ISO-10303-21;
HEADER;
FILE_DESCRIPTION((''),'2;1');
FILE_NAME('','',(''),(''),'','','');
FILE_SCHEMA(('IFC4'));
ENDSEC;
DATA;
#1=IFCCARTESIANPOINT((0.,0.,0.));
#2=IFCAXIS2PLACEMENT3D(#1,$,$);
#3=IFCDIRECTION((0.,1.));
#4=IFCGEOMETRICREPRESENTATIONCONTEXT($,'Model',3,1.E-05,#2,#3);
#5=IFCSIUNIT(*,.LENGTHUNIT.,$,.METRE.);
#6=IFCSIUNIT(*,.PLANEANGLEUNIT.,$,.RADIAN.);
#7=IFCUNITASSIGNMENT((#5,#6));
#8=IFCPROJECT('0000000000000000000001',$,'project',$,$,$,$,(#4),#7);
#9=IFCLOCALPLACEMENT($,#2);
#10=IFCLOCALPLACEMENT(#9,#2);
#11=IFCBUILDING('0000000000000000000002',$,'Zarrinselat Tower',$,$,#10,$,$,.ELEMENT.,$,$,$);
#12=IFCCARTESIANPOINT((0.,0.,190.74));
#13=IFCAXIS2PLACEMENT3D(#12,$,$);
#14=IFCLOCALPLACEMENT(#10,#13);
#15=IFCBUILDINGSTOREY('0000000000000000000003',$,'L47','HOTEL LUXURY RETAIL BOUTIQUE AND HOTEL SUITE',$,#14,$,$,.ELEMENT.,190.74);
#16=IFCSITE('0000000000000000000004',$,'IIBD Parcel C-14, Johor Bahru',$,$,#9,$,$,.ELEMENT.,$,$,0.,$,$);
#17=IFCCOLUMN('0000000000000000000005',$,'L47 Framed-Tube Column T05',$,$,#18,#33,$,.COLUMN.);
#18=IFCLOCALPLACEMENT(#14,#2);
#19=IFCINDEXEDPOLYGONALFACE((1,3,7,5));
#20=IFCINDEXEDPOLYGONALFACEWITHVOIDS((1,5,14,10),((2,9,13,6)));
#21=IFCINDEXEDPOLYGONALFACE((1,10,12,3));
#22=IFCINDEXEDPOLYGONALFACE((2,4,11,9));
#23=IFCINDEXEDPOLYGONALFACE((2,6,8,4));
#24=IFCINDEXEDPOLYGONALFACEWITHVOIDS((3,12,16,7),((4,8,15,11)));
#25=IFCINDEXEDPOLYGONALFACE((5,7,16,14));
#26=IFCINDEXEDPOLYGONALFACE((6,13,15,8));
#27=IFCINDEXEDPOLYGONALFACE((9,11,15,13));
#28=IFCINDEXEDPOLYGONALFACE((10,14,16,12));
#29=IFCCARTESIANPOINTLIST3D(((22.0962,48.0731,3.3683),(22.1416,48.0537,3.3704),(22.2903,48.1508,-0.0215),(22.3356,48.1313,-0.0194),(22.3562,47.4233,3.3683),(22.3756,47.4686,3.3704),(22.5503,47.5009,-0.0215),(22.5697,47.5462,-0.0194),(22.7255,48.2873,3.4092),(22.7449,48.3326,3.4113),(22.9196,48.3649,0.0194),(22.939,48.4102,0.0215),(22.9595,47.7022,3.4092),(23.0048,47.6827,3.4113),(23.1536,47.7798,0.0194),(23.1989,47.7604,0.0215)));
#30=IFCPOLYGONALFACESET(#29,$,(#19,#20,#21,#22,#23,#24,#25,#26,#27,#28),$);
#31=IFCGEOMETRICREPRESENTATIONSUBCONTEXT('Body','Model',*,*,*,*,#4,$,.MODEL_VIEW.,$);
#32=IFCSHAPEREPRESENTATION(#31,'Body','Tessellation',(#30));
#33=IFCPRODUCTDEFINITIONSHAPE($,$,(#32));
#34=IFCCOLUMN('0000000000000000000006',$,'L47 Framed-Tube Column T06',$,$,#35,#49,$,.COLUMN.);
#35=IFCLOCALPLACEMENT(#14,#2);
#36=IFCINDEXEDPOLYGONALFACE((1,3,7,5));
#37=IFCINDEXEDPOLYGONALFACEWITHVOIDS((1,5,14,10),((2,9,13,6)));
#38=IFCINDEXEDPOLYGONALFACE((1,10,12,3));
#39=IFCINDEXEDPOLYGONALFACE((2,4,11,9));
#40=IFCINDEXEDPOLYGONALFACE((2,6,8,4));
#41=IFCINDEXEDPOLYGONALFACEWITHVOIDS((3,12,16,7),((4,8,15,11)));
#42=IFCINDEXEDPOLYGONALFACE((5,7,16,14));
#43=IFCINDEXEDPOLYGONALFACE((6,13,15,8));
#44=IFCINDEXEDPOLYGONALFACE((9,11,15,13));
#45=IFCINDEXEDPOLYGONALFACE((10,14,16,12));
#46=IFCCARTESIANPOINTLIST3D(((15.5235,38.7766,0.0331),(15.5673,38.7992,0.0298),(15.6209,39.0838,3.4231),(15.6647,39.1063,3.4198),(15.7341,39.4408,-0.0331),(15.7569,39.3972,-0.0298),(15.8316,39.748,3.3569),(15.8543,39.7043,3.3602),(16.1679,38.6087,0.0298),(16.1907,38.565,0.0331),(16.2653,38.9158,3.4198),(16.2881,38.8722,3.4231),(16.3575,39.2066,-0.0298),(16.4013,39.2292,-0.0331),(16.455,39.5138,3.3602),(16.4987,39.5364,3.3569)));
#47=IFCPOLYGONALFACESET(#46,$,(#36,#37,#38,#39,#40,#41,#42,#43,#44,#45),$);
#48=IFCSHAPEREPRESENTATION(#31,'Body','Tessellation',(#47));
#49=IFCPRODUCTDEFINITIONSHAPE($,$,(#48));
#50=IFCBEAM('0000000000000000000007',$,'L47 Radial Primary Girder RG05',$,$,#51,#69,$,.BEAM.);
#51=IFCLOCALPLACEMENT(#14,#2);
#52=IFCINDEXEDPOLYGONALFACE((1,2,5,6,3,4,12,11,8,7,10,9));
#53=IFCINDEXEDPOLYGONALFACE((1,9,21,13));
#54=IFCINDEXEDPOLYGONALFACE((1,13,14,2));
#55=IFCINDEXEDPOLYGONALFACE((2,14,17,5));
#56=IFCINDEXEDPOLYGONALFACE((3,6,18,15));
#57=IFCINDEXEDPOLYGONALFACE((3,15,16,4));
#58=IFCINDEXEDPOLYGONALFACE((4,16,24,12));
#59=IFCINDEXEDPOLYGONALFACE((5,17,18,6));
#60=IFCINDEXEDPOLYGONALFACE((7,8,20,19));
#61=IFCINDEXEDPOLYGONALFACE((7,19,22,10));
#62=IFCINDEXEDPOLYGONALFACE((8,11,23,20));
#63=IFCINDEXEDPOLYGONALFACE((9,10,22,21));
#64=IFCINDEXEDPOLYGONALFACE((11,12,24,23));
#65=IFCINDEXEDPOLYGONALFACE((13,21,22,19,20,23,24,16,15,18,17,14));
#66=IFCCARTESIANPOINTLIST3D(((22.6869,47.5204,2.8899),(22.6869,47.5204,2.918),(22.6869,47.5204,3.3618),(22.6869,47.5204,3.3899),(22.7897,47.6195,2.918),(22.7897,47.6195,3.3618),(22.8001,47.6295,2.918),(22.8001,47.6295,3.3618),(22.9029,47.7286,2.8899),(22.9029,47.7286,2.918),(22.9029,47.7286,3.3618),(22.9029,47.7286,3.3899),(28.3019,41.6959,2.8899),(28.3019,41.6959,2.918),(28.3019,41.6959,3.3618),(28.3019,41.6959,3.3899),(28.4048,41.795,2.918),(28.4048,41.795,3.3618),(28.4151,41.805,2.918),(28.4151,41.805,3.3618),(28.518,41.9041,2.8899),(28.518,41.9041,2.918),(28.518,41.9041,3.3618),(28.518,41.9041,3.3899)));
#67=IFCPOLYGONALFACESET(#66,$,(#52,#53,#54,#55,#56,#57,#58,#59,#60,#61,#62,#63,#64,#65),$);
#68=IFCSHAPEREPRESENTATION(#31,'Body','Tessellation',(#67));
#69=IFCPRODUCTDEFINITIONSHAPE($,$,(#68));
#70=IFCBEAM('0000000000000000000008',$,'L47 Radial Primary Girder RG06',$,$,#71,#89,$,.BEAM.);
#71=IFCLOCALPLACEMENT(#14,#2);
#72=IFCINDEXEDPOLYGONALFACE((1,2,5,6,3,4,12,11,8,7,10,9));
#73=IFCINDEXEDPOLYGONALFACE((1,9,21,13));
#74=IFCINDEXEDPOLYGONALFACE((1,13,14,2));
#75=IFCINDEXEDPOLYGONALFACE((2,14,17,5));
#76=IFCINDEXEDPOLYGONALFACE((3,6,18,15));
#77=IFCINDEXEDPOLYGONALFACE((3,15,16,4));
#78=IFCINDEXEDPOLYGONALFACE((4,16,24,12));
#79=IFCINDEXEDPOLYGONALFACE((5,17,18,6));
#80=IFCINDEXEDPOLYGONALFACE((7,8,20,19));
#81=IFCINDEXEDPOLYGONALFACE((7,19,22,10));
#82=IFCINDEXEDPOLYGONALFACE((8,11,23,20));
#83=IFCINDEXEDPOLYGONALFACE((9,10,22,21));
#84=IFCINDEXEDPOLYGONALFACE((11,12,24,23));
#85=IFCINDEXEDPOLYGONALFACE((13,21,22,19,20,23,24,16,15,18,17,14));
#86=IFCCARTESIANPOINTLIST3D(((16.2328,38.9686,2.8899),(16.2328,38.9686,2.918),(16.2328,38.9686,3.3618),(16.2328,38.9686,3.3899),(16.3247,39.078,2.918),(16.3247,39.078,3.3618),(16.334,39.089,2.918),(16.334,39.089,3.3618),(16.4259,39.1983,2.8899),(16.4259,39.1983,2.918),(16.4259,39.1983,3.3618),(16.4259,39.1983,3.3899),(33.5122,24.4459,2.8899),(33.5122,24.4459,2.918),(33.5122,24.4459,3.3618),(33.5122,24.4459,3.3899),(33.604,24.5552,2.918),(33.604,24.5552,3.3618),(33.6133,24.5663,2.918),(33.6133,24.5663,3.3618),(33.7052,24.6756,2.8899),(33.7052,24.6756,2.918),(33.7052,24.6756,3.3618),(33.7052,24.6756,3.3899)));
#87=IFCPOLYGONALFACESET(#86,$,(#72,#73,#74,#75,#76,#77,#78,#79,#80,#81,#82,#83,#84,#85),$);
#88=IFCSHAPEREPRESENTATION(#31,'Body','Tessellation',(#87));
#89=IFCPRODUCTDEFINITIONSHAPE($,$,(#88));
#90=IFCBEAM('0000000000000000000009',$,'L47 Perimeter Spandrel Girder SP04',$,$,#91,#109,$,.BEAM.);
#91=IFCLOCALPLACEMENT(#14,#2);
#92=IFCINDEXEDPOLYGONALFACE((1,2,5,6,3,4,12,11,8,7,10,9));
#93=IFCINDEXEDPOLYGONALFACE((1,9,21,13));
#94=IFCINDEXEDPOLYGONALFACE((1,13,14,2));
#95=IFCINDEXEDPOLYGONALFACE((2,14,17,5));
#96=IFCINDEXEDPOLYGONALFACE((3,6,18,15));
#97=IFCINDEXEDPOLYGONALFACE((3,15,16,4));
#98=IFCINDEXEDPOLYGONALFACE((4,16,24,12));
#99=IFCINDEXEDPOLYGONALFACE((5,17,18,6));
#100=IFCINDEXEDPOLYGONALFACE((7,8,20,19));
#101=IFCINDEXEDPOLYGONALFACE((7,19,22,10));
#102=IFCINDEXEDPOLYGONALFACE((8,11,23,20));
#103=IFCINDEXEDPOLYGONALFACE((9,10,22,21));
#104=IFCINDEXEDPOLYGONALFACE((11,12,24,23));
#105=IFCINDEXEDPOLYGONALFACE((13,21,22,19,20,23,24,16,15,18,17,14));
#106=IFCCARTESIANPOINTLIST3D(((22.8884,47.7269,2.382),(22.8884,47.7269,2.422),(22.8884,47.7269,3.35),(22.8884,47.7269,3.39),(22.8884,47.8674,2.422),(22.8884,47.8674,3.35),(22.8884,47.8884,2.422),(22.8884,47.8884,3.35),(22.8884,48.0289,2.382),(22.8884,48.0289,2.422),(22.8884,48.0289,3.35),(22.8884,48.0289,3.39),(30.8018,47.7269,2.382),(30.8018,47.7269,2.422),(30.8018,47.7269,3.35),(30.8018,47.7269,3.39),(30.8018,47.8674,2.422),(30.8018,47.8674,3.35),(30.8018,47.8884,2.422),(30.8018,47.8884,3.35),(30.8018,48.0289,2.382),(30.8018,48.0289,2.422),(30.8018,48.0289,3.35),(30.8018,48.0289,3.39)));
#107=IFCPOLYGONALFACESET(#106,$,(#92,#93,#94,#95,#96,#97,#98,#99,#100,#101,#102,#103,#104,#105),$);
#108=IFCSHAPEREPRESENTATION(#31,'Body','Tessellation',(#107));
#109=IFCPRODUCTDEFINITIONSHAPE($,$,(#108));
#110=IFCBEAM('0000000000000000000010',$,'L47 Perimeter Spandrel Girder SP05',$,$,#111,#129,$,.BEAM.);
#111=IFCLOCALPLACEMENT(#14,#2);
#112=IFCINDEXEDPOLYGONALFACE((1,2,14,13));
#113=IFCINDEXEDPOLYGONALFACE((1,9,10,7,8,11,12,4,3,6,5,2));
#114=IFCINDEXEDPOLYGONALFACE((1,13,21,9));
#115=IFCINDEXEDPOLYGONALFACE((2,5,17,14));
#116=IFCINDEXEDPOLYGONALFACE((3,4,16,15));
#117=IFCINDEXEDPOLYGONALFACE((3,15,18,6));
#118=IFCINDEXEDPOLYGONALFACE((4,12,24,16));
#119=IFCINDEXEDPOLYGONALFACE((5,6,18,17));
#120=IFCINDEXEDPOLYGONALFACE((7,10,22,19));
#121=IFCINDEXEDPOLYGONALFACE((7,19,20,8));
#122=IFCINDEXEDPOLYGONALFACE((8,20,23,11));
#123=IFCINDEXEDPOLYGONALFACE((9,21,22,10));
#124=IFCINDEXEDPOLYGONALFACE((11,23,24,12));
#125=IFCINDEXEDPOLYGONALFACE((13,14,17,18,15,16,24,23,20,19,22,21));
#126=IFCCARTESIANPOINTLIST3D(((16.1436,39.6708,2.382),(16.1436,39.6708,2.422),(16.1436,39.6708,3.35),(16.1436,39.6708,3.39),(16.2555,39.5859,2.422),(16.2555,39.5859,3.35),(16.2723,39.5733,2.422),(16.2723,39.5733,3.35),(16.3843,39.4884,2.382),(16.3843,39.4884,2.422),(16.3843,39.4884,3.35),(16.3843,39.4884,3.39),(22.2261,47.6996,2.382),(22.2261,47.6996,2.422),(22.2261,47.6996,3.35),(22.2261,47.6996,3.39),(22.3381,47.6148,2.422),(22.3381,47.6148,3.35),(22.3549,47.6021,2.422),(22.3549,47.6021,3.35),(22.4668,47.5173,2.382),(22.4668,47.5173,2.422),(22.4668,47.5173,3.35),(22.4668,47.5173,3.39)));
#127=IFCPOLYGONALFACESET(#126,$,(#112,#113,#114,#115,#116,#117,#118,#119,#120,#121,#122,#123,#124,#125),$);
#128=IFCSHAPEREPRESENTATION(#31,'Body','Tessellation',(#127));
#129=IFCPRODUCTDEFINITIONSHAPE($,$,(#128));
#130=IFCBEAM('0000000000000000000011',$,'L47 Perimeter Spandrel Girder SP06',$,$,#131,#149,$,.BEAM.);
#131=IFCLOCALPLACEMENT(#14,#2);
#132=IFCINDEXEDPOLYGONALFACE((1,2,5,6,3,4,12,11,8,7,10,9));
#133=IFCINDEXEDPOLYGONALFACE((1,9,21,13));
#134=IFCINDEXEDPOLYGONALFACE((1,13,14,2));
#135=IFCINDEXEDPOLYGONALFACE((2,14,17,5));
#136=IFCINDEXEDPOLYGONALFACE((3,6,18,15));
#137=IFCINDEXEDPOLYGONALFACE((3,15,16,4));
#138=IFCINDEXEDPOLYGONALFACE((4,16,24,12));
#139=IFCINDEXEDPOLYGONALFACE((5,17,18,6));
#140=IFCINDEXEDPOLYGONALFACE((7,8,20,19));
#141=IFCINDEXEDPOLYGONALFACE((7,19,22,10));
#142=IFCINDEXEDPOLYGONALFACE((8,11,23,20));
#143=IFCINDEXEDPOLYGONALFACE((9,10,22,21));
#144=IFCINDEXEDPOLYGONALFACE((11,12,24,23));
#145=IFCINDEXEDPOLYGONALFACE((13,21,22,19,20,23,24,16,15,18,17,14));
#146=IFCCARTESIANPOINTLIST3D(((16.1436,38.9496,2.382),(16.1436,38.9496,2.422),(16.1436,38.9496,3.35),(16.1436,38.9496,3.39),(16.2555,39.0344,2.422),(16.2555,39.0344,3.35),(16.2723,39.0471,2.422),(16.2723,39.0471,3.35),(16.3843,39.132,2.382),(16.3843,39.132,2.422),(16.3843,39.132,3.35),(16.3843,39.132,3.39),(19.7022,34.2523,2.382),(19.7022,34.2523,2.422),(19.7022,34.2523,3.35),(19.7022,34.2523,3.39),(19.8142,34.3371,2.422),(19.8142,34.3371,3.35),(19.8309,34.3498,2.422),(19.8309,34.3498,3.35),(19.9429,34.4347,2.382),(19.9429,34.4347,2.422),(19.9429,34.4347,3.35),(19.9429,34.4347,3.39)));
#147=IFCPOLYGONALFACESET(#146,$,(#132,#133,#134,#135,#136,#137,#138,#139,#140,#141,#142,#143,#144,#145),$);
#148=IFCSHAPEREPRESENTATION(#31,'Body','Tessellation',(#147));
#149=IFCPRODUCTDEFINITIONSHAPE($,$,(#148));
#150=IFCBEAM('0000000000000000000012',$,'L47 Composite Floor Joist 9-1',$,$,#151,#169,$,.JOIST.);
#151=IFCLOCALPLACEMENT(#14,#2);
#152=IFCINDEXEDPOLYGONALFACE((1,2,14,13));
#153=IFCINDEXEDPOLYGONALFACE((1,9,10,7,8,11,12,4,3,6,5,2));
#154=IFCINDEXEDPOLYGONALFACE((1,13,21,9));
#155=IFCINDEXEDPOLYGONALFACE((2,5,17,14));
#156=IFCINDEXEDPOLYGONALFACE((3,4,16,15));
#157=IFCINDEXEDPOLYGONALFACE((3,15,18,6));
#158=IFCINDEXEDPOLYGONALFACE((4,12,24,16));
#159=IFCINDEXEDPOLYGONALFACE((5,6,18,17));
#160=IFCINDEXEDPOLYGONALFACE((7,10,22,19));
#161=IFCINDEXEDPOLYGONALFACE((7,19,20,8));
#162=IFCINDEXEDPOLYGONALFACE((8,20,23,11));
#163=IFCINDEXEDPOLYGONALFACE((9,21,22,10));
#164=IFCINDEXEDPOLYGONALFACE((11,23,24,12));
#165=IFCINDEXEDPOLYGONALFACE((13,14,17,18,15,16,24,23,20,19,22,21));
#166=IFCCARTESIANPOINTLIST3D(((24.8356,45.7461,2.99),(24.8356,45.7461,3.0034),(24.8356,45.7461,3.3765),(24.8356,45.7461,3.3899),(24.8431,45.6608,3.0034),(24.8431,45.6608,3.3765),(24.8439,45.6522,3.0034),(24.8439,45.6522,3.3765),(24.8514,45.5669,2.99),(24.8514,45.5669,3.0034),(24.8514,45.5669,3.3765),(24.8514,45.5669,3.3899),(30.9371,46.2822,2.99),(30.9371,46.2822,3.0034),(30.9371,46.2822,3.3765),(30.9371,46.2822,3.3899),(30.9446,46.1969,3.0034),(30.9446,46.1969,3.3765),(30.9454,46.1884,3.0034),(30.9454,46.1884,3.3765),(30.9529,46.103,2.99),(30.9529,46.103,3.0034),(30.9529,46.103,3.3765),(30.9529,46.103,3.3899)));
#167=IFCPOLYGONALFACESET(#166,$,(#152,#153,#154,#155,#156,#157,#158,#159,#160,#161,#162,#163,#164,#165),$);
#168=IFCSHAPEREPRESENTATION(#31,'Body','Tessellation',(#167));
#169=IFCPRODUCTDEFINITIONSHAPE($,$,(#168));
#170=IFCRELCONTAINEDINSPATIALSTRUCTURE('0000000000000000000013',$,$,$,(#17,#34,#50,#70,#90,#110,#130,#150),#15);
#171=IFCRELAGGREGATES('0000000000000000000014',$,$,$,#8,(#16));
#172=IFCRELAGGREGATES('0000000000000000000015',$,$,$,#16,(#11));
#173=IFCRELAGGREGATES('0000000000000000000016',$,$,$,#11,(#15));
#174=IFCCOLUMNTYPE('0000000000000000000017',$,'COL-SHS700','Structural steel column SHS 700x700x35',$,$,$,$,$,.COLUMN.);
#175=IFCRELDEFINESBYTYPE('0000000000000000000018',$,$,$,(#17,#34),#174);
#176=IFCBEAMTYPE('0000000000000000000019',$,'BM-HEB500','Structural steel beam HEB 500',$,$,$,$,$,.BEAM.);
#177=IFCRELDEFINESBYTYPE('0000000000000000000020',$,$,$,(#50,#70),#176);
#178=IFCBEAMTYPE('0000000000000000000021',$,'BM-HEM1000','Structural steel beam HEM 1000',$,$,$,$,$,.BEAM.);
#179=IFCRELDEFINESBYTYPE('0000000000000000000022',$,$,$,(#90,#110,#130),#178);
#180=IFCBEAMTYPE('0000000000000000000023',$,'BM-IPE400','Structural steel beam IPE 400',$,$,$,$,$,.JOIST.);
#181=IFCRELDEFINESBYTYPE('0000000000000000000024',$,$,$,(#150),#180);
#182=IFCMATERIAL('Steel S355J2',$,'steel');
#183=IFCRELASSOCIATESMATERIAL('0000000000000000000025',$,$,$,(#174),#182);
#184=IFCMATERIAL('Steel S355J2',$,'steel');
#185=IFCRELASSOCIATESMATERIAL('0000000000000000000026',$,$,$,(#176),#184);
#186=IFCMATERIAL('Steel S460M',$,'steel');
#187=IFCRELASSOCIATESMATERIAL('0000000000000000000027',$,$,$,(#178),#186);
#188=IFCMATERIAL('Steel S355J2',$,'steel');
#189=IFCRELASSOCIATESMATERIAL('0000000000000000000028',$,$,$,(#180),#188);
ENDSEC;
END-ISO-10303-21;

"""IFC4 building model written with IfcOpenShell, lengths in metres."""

from ifc_helpers import new_model, si_unit, direction, frame, origin, origin_2d, place, context, subcontext, project, spatial, hollow_rectangle, i_section, extrude, material, material_profile, profile_set, type_object, element, save


model = new_model("IFC4")

# Units and contexts
model_context = context("Model", 3, precision=1e-05, world=origin(), true_north=direction((0.0, 1.0)))
body_context = subcontext(model_context, "Body", "Model", "MODEL_VIEW")
ifc_project = project(units=[si_unit("LENGTHUNIT", "METRE"), si_unit("PLANEANGLEUNIT", "RADIAN")], contexts=[model_context])

# Site, building, storey
site_placement = place(None, origin())
site = spatial("IfcSite", under=ifc_project, at=site_placement, Name="IIBD Parcel C-14, Johor Bahru", CompositionType="ELEMENT", RefElevation=0.0)
building_placement = place(site_placement, origin())
building = spatial("IfcBuilding", under=site, at=building_placement, Name="Zarrinselat Tower", CompositionType="ELEMENT")
storey_placement = place(building_placement, frame((0.0, 0.0, 190.74)))
storey = spatial("IfcBuildingStorey", under=building, at=storey_placement, Name="L47", Description="HOTEL LUXURY RETAIL BOUTIQUE AND HOTEL SUITE", CompositionType="ELEMENT", Elevation=190.74)

# Columns
ifc_material_1 = material(Name="Steel S355J2", Category="steel")
ifc_material_profile_1 = material_profile(ifc_material_1, hollow_rectangle(XDim=0.7, YDim=0.7, WallThickness=0.0349, at=origin_2d()), Name="SHS 700x700x35")
ifc_profile_set_1 = profile_set([ifc_material_profile_1], Name="Steel S355J2")
column_type = type_object("IfcColumnType", Name="COL-SHS700", Description="Structural steel column SHS 700x700x35", PredefinedType="COLUMN", material=ifc_profile_set_1)
column_1_placement = place(storey_placement, frame((22.7446, 47.9556, 0.0), z_axis=(-0.057147, -0.022859, 0.998104), x_axis=(0.371391, -0.928477, 0.0)))
element("IfcColumn", 1, at=column_1_placement, inside=storey, type_object=column_type, Name="L47 Framed-Tube Column T05", PredefinedType="COLUMN", context=body_context, shape_type="SweptSolid", body=[
    extrude(hollow_rectangle(XDim=0.7, YDim=0.7, WallThickness=0.0349, at=origin_2d()), origin(), (0.0, 0.0, 1.0), 3.3962),
])
column_2_placement = place(storey_placement, frame((15.9624, 39.0029, 0.0), z_axis=(0.028607, 0.090195, 0.995513), x_axis=(-0.953204, 0.302328, 0.0)))
element("IfcColumn", 2, at=column_2_placement, inside=storey, type_object=column_type, Name="L47 Framed-Tube Column T06", PredefinedType="COLUMN", context=body_context, shape_type="SweptSolid", body=[
    extrude(hollow_rectangle(XDim=0.7, YDim=0.7, WallThickness=0.0349, at=origin_2d()), origin(), (0.0, 0.0, 1.0), 3.4053),
])

# Beams
ifc_material_2 = material(Name="Steel S355J2", Category="steel")
ifc_material_profile_2 = material_profile(ifc_material_2, i_section(OverallWidth=0.3, OverallDepth=0.5, WebThickness=0.0144, FlangeThickness=0.0281, at=origin_2d()), Name="HEB 500")
ifc_profile_set_2 = profile_set([ifc_material_profile_2], Name="Steel S355J2")
beam_type_1 = type_object("IfcBeamType", Name="BM-HEB500", Description="Structural steel beam HEB 500", PredefinedType="BEAM", material=ifc_profile_set_2)
beam_1_placement = place(storey_placement, frame((22.7949, 47.6245, 3.1399), z_axis=(0.694042, -0.719934, 0.0), x_axis=(0.719934, 0.694042, 0.0)))
element("IfcBeam", 3, at=beam_1_placement, inside=storey, type_object=beam_type_1, Name="L47 Radial Primary Girder RG05", PredefinedType="BEAM", context=body_context, shape_type="SweptSolid", body=[
    extrude(i_section(OverallWidth=0.3, OverallDepth=0.5, WebThickness=0.0144, FlangeThickness=0.0281, at=origin_2d()), origin(), (0.0, 0.0, 1.0), 8.0903),
])
beam_2_placement = place(storey_placement, frame((16.3293, 39.0835, 3.1399), z_axis=(0.765528, -0.643402, 0.0), x_axis=(0.643402, 0.765528, 0.0)))
element("IfcBeam", 4, at=beam_2_placement, inside=storey, type_object=beam_type_1, Name="L47 Radial Primary Girder RG06", PredefinedType="BEAM", context=body_context, shape_type="SweptSolid", body=[
    extrude(i_section(OverallWidth=0.3, OverallDepth=0.5, WebThickness=0.0144, FlangeThickness=0.0281, at=origin_2d()), origin(), (0.0, 0.0, 1.0), 22.5718),
])
ifc_material_3 = material(Name="Steel S460M", Category="steel")
ifc_material_profile_3 = material_profile(ifc_material_3, i_section(OverallWidth=0.302, OverallDepth=1.0081, WebThickness=0.021, FlangeThickness=0.04, at=origin_2d()), Name="HEM 1000")
ifc_profile_set_3 = profile_set([ifc_material_profile_3], Name="Steel S460M")
beam_type_2 = type_object("IfcBeamType", Name="BM-HEM1000", Description="Structural steel beam HEM 1000", PredefinedType="BEAM", material=ifc_profile_set_3)
beam_3_placement = place(storey_placement, frame((22.8884, 47.8779, 2.886), z_axis=(1.0, 0.0, 0.0), x_axis=(0.0, 1.0, 0.0)))
element("IfcBeam", 5, at=beam_3_placement, inside=storey, type_object=beam_type_2, Name="L47 Perimeter Spandrel Girder SP04", PredefinedType="BEAM", context=body_context, shape_type="SweptSolid", body=[
    extrude(i_section(OverallWidth=0.302, OverallDepth=1.0081, WebThickness=0.021, FlangeThickness=0.04, at=origin_2d()), origin(), (0.0, 0.0, 1.0), 7.9133),
])
beam_4_placement = place(storey_placement, frame((16.2639, 39.5796, 2.886), z_axis=(0.603863, 0.797088, 0.0), x_axis=(-0.797088, 0.603863, 0.0)))
element("IfcBeam", 6, at=beam_4_placement, inside=storey, type_object=beam_type_2, Name="L47 Perimeter Spandrel Girder SP05", PredefinedType="BEAM", context=body_context, shape_type="SweptSolid", body=[
    extrude(i_section(OverallWidth=0.302, OverallDepth=1.0081, WebThickness=0.021, FlangeThickness=0.04, at=origin_2d()), origin(), (0.0, 0.0, 1.0), 10.0728),
])
beam_5_placement = place(storey_placement, frame((16.2639, 39.0408, 2.886), z_axis=(0.603864, -0.797087, 0.0), x_axis=(0.797087, 0.603864, 0.0)))
element("IfcBeam", 7, at=beam_5_placement, inside=storey, type_object=beam_type_2, Name="L47 Perimeter Spandrel Girder SP06", PredefinedType="BEAM", context=body_context, shape_type="SweptSolid", body=[
    extrude(i_section(OverallWidth=0.302, OverallDepth=1.0081, WebThickness=0.021, FlangeThickness=0.04, at=origin_2d()), origin(), (0.0, 0.0, 1.0), 5.8931),
])
ifc_material_4 = material(Name="Steel S355J2", Category="steel")
ifc_material_profile_4 = material_profile(ifc_material_4, i_section(OverallWidth=0.1799, OverallDepth=0.3999, WebThickness=0.0085, FlangeThickness=0.0134, at=origin_2d()), Name="IPE 400")
ifc_profile_set_4 = profile_set([ifc_material_profile_4], Name="Steel S355J2")
beam_type_3 = type_object("IfcBeamType", Name="BM-IPE400", Description="Structural steel beam IPE 400", PredefinedType="JOIST", material=ifc_profile_set_4)
beam_6_placement = place(storey_placement, frame((24.8435, 45.6565, 3.1899), z_axis=(0.996162, 0.087531, 0.0), x_axis=(-0.087531, 0.996162, 0.0)))
element("IfcBeam", 8, at=beam_6_placement, inside=storey, type_object=beam_type_3, Name="L47 Composite Floor Joist 9-1", PredefinedType="JOIST", context=body_context, shape_type="SweptSolid", body=[
    extrude(i_section(OverallWidth=0.1799, OverallDepth=0.3999, WebThickness=0.0085, FlangeThickness=0.0134, at=origin_2d()), origin(), (0.0, 0.0, 1.0), 6.125),
])

save(model, "model.ifc")
